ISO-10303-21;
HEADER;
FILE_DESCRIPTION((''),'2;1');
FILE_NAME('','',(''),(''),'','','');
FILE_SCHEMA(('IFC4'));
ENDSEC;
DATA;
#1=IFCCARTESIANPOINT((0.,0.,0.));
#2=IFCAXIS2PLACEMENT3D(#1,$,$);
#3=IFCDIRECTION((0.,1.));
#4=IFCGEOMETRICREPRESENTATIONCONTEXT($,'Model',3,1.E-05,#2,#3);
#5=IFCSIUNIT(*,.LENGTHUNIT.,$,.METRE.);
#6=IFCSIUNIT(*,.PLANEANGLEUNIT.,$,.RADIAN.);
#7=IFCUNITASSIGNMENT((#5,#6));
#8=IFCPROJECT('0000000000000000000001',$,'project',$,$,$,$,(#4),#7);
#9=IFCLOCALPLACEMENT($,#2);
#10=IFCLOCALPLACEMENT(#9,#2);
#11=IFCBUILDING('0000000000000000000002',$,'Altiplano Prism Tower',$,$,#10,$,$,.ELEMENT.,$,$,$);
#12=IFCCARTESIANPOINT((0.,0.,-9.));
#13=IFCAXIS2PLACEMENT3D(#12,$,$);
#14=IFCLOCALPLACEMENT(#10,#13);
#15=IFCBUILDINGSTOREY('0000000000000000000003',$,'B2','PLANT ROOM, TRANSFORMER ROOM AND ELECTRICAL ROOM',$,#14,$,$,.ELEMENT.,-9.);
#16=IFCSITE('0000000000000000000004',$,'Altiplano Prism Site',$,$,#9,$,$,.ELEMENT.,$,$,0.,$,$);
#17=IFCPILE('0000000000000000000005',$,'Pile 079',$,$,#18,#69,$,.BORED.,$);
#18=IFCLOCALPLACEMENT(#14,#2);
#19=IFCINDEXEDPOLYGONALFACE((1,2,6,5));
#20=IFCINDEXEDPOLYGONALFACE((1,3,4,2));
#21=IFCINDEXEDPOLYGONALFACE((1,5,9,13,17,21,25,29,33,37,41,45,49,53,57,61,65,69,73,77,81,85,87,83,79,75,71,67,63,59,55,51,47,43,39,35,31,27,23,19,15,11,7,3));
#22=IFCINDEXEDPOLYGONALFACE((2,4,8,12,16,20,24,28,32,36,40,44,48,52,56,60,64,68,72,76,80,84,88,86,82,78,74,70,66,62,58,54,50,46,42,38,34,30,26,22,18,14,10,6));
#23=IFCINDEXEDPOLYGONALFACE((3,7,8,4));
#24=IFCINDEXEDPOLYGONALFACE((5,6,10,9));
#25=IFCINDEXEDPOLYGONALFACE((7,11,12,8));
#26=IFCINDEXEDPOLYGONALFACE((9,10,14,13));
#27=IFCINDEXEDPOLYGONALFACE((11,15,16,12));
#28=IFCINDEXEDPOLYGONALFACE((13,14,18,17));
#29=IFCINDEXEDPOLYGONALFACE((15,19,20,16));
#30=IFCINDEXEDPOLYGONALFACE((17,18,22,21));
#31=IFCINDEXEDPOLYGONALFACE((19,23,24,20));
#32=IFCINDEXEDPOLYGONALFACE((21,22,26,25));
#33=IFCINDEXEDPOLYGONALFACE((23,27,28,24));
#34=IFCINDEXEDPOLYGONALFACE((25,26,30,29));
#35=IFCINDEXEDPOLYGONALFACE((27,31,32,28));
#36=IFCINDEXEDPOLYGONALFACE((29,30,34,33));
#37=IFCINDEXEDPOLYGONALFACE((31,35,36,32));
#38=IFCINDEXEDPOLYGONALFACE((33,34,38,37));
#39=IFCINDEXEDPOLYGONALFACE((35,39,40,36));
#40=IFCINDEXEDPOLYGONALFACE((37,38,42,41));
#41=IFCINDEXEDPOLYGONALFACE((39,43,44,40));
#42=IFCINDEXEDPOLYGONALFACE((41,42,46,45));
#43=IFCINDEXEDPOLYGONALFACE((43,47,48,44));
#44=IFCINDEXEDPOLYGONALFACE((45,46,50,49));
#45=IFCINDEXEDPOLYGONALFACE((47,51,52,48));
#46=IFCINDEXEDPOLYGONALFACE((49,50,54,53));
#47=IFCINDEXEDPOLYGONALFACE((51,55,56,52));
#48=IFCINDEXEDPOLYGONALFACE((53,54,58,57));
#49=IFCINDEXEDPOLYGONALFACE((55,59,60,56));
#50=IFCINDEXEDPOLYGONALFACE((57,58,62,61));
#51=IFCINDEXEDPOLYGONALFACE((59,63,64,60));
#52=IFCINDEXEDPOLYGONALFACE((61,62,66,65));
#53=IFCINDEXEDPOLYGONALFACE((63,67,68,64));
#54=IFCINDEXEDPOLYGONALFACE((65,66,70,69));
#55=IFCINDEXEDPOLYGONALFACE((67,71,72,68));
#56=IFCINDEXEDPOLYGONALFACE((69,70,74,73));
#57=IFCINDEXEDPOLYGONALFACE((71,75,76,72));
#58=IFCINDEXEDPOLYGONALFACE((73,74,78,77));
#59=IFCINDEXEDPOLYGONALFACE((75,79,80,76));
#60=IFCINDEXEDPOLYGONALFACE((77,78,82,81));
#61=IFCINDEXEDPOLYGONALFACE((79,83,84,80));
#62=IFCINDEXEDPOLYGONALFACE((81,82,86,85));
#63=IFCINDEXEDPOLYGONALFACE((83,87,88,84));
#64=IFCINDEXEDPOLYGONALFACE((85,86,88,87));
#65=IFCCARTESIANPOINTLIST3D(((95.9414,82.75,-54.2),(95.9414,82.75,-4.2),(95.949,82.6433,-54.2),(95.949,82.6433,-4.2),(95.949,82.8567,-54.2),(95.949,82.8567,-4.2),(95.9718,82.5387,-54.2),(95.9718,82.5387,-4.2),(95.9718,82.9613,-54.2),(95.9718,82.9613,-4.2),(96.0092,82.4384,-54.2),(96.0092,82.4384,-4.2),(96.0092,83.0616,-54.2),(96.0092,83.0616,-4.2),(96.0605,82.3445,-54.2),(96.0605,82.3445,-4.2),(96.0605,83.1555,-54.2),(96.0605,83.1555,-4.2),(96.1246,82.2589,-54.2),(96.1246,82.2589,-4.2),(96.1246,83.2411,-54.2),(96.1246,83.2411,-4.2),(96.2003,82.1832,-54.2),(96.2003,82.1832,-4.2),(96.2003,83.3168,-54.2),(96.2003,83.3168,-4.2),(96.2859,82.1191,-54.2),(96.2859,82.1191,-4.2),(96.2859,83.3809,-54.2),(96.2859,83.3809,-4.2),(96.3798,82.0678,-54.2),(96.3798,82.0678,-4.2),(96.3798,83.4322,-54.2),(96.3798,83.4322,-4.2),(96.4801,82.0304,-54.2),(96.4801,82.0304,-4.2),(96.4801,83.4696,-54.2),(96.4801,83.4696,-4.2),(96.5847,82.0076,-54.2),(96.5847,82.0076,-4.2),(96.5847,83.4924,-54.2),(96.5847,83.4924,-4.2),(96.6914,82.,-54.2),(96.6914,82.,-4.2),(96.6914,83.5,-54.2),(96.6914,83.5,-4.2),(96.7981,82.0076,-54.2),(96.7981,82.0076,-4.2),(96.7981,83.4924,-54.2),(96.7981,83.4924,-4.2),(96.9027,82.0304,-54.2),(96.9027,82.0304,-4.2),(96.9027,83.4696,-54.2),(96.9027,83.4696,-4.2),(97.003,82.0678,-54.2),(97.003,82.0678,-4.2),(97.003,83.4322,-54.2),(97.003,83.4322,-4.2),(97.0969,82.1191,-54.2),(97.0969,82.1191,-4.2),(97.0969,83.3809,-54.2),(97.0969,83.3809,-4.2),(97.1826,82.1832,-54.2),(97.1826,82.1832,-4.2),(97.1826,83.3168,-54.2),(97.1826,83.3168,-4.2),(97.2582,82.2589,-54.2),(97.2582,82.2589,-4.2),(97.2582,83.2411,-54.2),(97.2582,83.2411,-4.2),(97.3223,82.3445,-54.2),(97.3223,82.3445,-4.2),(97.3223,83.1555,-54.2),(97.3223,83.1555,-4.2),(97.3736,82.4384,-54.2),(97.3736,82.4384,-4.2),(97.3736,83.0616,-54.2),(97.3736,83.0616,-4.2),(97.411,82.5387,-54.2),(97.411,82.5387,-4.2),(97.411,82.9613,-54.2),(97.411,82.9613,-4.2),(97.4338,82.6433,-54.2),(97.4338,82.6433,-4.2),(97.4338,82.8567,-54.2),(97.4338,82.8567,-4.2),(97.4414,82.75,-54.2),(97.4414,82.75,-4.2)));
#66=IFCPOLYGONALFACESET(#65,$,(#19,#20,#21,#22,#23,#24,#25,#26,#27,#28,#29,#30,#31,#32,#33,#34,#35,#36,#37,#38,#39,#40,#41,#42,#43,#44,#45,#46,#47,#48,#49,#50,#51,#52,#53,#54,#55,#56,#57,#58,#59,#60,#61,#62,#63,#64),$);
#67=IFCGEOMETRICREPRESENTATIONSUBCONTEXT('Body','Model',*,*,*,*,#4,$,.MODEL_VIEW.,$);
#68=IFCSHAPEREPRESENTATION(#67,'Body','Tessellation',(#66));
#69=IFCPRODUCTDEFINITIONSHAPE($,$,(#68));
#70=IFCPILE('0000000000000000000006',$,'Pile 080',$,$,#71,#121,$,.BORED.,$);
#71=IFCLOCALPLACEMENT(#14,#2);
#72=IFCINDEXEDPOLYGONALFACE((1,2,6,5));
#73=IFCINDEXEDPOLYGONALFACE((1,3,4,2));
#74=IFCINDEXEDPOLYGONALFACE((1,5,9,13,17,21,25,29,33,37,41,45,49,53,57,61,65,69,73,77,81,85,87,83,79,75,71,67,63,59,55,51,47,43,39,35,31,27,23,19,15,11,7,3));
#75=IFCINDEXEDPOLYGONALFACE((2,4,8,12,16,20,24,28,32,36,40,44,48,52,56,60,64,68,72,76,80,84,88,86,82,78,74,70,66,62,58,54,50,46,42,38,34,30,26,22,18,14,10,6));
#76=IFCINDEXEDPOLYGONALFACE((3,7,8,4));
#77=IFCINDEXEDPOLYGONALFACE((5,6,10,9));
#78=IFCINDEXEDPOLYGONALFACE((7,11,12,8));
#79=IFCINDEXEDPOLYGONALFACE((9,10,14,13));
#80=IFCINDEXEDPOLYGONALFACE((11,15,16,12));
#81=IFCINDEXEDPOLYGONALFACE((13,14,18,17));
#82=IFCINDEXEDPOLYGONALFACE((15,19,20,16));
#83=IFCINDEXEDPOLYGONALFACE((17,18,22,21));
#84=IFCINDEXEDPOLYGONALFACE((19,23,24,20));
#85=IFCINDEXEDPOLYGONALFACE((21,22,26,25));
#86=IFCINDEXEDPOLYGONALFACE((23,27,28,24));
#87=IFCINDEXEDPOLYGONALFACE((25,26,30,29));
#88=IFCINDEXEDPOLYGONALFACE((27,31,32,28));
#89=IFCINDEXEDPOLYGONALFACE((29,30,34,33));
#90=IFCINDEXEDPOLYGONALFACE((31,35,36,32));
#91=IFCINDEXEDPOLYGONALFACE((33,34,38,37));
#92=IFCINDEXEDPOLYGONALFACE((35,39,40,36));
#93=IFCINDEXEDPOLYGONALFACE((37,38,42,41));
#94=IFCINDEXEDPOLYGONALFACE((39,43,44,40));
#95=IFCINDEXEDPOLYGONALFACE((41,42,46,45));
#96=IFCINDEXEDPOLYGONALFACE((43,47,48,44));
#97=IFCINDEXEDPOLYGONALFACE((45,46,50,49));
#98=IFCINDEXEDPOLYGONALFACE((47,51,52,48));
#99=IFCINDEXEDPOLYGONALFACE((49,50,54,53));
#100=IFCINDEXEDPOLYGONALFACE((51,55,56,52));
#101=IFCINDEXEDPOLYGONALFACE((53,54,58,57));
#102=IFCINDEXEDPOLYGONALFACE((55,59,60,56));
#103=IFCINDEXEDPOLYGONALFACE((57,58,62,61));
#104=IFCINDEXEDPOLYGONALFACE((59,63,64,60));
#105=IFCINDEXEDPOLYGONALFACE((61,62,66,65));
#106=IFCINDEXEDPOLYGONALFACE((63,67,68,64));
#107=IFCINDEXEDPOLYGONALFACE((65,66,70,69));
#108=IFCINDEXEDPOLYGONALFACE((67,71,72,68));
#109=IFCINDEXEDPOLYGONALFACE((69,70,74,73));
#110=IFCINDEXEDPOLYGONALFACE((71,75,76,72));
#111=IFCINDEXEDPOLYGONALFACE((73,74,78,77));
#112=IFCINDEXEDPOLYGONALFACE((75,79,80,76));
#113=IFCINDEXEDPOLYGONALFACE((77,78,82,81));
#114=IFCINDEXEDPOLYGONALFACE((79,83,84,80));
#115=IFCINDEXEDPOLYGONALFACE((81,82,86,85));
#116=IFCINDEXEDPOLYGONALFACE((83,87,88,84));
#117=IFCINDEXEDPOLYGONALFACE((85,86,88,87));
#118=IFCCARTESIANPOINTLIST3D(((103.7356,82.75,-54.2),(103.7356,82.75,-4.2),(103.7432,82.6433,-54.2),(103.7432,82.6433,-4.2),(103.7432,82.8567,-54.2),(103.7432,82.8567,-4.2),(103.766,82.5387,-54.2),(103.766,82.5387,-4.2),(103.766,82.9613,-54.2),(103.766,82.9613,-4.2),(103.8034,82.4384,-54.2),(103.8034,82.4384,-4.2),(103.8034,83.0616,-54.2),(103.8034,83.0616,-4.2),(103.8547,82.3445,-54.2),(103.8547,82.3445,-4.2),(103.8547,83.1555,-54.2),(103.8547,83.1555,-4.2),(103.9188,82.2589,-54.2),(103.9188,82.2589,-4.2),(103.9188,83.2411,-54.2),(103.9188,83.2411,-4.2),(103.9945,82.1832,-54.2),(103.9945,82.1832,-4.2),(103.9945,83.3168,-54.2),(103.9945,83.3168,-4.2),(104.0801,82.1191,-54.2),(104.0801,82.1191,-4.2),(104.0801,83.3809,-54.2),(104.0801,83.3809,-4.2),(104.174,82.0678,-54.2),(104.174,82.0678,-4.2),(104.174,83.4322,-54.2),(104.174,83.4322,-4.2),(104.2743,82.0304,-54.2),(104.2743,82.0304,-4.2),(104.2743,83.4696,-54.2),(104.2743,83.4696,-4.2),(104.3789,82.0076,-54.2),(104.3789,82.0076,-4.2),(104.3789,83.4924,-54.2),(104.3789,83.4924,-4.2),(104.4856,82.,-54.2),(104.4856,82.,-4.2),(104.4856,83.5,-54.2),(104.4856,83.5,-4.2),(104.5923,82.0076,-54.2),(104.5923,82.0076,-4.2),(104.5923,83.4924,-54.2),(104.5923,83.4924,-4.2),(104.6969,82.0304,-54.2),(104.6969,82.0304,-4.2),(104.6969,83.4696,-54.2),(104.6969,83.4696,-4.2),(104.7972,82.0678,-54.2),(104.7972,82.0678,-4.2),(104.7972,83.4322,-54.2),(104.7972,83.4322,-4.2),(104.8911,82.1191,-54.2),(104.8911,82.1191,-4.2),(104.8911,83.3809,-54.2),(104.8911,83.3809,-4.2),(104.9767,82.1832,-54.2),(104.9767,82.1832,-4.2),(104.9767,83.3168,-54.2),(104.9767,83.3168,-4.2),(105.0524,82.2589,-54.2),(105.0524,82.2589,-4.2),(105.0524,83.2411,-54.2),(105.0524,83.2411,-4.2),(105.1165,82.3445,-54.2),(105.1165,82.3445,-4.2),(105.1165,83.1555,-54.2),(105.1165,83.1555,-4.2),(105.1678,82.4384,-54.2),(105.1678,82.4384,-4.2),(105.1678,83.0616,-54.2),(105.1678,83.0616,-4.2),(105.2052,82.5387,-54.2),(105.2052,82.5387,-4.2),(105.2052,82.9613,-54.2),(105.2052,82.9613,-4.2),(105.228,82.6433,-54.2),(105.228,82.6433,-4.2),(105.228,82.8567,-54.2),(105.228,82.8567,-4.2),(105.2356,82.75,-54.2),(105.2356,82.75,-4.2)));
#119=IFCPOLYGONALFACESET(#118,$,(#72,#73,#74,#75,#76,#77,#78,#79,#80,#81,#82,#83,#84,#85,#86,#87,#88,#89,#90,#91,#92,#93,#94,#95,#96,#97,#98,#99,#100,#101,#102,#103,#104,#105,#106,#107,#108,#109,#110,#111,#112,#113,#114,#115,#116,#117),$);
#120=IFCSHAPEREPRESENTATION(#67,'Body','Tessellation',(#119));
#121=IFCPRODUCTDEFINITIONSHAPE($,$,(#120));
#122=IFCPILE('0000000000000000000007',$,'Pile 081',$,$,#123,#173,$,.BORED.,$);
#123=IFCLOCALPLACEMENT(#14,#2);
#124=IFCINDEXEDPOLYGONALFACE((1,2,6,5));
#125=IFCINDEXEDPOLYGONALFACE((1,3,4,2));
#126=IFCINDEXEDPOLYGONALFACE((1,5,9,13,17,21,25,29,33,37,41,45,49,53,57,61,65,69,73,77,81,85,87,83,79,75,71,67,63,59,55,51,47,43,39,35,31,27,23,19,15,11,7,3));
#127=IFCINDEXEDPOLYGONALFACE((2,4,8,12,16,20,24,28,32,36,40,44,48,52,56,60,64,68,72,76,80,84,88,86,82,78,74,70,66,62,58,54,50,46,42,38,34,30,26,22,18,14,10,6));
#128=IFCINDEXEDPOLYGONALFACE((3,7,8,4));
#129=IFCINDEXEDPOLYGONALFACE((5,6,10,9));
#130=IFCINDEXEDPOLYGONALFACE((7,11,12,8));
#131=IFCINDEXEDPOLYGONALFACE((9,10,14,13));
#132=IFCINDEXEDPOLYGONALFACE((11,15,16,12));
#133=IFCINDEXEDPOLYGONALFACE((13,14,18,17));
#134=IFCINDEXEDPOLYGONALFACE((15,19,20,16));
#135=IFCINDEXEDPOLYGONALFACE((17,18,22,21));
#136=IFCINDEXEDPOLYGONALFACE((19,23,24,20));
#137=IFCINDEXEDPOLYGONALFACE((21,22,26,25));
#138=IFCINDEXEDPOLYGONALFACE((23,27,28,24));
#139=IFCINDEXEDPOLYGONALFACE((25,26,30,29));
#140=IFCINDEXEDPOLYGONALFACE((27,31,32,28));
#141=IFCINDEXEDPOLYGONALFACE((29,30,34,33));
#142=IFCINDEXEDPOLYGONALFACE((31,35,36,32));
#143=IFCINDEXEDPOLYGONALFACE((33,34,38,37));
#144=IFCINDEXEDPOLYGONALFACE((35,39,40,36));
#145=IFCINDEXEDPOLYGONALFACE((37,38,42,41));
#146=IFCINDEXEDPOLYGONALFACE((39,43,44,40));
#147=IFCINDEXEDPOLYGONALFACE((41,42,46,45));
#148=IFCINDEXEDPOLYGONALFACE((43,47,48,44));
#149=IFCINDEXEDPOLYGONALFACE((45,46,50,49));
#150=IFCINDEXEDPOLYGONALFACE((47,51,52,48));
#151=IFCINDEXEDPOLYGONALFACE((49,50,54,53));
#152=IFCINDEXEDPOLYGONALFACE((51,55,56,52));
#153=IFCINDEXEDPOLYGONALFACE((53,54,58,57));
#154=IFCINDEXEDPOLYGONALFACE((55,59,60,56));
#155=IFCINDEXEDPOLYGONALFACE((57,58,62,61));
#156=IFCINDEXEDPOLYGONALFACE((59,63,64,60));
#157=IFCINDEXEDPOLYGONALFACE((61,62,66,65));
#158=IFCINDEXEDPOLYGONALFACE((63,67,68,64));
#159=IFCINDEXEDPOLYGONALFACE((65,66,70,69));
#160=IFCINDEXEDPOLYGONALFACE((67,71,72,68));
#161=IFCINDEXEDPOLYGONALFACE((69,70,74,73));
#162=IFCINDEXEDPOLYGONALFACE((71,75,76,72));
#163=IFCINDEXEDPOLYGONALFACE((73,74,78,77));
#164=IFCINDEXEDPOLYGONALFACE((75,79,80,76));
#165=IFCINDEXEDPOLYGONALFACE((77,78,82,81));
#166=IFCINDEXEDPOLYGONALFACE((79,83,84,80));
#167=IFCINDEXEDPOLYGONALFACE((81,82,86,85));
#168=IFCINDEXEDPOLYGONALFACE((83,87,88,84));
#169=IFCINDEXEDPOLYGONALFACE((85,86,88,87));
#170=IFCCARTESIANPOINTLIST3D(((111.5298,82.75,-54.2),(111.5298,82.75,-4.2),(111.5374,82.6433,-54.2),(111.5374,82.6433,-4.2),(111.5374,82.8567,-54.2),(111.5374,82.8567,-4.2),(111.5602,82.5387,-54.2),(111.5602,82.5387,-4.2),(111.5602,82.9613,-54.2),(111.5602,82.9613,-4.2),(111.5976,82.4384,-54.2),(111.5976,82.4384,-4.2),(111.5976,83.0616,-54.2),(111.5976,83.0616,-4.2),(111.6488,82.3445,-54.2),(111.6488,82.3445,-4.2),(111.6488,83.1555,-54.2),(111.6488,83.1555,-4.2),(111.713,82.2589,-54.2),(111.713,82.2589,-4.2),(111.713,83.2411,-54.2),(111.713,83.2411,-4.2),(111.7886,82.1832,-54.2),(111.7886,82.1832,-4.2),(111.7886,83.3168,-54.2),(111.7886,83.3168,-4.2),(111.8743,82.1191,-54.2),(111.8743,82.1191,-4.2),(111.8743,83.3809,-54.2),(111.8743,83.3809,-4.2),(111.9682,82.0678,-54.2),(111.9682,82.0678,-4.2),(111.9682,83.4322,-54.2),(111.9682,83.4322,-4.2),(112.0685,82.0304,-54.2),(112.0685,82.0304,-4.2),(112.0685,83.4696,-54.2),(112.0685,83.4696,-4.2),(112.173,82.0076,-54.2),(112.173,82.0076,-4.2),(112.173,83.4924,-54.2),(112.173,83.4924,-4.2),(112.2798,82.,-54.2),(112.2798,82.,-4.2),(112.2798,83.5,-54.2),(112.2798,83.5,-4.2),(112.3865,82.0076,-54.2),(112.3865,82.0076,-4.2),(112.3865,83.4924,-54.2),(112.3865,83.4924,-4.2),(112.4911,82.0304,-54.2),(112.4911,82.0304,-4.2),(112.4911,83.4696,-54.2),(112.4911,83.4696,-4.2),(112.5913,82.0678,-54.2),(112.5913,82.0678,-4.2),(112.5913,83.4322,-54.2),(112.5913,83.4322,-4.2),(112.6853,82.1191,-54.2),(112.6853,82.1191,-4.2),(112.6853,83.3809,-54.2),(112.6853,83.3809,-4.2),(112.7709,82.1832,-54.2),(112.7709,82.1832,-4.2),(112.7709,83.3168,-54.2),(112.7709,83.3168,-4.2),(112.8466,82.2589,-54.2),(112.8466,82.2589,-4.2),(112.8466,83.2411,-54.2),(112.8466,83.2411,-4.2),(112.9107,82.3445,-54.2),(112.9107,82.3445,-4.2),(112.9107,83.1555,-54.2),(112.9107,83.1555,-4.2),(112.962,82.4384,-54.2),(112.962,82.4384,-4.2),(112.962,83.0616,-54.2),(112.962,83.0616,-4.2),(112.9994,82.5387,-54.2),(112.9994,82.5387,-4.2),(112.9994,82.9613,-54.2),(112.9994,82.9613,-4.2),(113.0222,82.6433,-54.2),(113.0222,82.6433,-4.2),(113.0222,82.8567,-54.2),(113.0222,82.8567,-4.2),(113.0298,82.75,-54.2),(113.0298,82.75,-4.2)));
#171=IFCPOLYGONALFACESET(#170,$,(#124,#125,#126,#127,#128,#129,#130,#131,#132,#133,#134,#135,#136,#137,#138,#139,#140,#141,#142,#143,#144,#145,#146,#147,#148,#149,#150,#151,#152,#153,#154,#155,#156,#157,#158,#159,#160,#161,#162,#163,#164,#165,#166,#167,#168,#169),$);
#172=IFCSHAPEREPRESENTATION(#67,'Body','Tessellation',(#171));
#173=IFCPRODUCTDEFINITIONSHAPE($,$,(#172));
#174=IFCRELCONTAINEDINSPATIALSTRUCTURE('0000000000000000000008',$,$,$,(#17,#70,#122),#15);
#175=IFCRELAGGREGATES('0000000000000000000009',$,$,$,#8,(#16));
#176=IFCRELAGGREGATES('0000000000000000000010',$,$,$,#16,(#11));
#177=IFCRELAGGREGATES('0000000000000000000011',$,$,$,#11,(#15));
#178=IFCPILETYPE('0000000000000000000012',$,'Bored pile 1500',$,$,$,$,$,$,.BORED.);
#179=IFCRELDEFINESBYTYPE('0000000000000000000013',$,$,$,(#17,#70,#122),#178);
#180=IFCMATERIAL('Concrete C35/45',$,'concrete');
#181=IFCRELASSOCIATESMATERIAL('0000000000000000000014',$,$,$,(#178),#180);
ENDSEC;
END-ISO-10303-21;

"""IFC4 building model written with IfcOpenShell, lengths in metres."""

from ifc_helpers import new_model, si_unit, direction, frame, origin, origin_2d, place, context, subcontext, project, spatial, circle, extrude, material, material_profile, profile_set, type_object, element, save


model = new_model("IFC4")

# Units and contexts
model_context = context("Model", 3, precision=1e-05, world=origin(), true_north=direction((0.0, 1.0)))
body_context = subcontext(model_context, "Body", "Model", "MODEL_VIEW")
ifc_project = project(units=[si_unit("LENGTHUNIT", "METRE"), si_unit("PLANEANGLEUNIT", "RADIAN")], contexts=[model_context])

# Site, building, storey
site_placement = place(None, origin())
site = spatial("IfcSite", under=ifc_project, at=site_placement, Name="Altiplano Prism Site", CompositionType="ELEMENT", RefElevation=0.0)
building_placement = place(site_placement, origin())
building = spatial("IfcBuilding", under=site, at=building_placement, Name="Altiplano Prism Tower", CompositionType="ELEMENT")
storey_placement = place(building_placement, frame((0.0, 0.0, -9.0)))
storey = spatial("IfcBuildingStorey", under=building, at=storey_placement, Name="B2", Description="PLANT ROOM, TRANSFORMER ROOM AND ELECTRICAL ROOM", CompositionType="ELEMENT", Elevation=-9.0)

# Piles
ifc_material_1 = material(Name="Concrete C35/45", Category="concrete")
ifc_material_profile_1 = material_profile(ifc_material_1, circle(Radius=0.75, at=origin_2d()), Name="Bored pile 1500")
ifc_profile_set_1 = profile_set([ifc_material_profile_1], Name="Concrete C35/45")
pile_type = type_object("IfcPileType", Name="Bored pile 1500", PredefinedType="BORED", material=ifc_profile_set_1)
for number, where, z_axis, x_axis, name in (
    (1, (96.6914, 82.75, -4.2), (0.0, 0.0, -1.0), (1.0, 0.0, 0.0), "Pile 079"),
    (2, (104.4856, 82.75, -4.2), (0.0, 0.0, -1.0), (1.0, 0.0, 0.0), "Pile 080"),
    (3, (112.2798, 82.75, -4.2), (0.0, 0.0, -1.0), (1.0, 0.0, 0.0), "Pile 081"),
):
    element("IfcPile", number, at=place(storey_placement, frame(where, z_axis=z_axis, x_axis=x_axis)), inside=storey, type_object=pile_type, Name=name, PredefinedType="BORED", context=body_context, shape_type="SweptSolid", body=[
        extrude(circle(Radius=0.75, at=origin_2d()), origin(), (0.0, 0.0, 1.0), 50.0),
    ])

save(model, "model.ifc")
